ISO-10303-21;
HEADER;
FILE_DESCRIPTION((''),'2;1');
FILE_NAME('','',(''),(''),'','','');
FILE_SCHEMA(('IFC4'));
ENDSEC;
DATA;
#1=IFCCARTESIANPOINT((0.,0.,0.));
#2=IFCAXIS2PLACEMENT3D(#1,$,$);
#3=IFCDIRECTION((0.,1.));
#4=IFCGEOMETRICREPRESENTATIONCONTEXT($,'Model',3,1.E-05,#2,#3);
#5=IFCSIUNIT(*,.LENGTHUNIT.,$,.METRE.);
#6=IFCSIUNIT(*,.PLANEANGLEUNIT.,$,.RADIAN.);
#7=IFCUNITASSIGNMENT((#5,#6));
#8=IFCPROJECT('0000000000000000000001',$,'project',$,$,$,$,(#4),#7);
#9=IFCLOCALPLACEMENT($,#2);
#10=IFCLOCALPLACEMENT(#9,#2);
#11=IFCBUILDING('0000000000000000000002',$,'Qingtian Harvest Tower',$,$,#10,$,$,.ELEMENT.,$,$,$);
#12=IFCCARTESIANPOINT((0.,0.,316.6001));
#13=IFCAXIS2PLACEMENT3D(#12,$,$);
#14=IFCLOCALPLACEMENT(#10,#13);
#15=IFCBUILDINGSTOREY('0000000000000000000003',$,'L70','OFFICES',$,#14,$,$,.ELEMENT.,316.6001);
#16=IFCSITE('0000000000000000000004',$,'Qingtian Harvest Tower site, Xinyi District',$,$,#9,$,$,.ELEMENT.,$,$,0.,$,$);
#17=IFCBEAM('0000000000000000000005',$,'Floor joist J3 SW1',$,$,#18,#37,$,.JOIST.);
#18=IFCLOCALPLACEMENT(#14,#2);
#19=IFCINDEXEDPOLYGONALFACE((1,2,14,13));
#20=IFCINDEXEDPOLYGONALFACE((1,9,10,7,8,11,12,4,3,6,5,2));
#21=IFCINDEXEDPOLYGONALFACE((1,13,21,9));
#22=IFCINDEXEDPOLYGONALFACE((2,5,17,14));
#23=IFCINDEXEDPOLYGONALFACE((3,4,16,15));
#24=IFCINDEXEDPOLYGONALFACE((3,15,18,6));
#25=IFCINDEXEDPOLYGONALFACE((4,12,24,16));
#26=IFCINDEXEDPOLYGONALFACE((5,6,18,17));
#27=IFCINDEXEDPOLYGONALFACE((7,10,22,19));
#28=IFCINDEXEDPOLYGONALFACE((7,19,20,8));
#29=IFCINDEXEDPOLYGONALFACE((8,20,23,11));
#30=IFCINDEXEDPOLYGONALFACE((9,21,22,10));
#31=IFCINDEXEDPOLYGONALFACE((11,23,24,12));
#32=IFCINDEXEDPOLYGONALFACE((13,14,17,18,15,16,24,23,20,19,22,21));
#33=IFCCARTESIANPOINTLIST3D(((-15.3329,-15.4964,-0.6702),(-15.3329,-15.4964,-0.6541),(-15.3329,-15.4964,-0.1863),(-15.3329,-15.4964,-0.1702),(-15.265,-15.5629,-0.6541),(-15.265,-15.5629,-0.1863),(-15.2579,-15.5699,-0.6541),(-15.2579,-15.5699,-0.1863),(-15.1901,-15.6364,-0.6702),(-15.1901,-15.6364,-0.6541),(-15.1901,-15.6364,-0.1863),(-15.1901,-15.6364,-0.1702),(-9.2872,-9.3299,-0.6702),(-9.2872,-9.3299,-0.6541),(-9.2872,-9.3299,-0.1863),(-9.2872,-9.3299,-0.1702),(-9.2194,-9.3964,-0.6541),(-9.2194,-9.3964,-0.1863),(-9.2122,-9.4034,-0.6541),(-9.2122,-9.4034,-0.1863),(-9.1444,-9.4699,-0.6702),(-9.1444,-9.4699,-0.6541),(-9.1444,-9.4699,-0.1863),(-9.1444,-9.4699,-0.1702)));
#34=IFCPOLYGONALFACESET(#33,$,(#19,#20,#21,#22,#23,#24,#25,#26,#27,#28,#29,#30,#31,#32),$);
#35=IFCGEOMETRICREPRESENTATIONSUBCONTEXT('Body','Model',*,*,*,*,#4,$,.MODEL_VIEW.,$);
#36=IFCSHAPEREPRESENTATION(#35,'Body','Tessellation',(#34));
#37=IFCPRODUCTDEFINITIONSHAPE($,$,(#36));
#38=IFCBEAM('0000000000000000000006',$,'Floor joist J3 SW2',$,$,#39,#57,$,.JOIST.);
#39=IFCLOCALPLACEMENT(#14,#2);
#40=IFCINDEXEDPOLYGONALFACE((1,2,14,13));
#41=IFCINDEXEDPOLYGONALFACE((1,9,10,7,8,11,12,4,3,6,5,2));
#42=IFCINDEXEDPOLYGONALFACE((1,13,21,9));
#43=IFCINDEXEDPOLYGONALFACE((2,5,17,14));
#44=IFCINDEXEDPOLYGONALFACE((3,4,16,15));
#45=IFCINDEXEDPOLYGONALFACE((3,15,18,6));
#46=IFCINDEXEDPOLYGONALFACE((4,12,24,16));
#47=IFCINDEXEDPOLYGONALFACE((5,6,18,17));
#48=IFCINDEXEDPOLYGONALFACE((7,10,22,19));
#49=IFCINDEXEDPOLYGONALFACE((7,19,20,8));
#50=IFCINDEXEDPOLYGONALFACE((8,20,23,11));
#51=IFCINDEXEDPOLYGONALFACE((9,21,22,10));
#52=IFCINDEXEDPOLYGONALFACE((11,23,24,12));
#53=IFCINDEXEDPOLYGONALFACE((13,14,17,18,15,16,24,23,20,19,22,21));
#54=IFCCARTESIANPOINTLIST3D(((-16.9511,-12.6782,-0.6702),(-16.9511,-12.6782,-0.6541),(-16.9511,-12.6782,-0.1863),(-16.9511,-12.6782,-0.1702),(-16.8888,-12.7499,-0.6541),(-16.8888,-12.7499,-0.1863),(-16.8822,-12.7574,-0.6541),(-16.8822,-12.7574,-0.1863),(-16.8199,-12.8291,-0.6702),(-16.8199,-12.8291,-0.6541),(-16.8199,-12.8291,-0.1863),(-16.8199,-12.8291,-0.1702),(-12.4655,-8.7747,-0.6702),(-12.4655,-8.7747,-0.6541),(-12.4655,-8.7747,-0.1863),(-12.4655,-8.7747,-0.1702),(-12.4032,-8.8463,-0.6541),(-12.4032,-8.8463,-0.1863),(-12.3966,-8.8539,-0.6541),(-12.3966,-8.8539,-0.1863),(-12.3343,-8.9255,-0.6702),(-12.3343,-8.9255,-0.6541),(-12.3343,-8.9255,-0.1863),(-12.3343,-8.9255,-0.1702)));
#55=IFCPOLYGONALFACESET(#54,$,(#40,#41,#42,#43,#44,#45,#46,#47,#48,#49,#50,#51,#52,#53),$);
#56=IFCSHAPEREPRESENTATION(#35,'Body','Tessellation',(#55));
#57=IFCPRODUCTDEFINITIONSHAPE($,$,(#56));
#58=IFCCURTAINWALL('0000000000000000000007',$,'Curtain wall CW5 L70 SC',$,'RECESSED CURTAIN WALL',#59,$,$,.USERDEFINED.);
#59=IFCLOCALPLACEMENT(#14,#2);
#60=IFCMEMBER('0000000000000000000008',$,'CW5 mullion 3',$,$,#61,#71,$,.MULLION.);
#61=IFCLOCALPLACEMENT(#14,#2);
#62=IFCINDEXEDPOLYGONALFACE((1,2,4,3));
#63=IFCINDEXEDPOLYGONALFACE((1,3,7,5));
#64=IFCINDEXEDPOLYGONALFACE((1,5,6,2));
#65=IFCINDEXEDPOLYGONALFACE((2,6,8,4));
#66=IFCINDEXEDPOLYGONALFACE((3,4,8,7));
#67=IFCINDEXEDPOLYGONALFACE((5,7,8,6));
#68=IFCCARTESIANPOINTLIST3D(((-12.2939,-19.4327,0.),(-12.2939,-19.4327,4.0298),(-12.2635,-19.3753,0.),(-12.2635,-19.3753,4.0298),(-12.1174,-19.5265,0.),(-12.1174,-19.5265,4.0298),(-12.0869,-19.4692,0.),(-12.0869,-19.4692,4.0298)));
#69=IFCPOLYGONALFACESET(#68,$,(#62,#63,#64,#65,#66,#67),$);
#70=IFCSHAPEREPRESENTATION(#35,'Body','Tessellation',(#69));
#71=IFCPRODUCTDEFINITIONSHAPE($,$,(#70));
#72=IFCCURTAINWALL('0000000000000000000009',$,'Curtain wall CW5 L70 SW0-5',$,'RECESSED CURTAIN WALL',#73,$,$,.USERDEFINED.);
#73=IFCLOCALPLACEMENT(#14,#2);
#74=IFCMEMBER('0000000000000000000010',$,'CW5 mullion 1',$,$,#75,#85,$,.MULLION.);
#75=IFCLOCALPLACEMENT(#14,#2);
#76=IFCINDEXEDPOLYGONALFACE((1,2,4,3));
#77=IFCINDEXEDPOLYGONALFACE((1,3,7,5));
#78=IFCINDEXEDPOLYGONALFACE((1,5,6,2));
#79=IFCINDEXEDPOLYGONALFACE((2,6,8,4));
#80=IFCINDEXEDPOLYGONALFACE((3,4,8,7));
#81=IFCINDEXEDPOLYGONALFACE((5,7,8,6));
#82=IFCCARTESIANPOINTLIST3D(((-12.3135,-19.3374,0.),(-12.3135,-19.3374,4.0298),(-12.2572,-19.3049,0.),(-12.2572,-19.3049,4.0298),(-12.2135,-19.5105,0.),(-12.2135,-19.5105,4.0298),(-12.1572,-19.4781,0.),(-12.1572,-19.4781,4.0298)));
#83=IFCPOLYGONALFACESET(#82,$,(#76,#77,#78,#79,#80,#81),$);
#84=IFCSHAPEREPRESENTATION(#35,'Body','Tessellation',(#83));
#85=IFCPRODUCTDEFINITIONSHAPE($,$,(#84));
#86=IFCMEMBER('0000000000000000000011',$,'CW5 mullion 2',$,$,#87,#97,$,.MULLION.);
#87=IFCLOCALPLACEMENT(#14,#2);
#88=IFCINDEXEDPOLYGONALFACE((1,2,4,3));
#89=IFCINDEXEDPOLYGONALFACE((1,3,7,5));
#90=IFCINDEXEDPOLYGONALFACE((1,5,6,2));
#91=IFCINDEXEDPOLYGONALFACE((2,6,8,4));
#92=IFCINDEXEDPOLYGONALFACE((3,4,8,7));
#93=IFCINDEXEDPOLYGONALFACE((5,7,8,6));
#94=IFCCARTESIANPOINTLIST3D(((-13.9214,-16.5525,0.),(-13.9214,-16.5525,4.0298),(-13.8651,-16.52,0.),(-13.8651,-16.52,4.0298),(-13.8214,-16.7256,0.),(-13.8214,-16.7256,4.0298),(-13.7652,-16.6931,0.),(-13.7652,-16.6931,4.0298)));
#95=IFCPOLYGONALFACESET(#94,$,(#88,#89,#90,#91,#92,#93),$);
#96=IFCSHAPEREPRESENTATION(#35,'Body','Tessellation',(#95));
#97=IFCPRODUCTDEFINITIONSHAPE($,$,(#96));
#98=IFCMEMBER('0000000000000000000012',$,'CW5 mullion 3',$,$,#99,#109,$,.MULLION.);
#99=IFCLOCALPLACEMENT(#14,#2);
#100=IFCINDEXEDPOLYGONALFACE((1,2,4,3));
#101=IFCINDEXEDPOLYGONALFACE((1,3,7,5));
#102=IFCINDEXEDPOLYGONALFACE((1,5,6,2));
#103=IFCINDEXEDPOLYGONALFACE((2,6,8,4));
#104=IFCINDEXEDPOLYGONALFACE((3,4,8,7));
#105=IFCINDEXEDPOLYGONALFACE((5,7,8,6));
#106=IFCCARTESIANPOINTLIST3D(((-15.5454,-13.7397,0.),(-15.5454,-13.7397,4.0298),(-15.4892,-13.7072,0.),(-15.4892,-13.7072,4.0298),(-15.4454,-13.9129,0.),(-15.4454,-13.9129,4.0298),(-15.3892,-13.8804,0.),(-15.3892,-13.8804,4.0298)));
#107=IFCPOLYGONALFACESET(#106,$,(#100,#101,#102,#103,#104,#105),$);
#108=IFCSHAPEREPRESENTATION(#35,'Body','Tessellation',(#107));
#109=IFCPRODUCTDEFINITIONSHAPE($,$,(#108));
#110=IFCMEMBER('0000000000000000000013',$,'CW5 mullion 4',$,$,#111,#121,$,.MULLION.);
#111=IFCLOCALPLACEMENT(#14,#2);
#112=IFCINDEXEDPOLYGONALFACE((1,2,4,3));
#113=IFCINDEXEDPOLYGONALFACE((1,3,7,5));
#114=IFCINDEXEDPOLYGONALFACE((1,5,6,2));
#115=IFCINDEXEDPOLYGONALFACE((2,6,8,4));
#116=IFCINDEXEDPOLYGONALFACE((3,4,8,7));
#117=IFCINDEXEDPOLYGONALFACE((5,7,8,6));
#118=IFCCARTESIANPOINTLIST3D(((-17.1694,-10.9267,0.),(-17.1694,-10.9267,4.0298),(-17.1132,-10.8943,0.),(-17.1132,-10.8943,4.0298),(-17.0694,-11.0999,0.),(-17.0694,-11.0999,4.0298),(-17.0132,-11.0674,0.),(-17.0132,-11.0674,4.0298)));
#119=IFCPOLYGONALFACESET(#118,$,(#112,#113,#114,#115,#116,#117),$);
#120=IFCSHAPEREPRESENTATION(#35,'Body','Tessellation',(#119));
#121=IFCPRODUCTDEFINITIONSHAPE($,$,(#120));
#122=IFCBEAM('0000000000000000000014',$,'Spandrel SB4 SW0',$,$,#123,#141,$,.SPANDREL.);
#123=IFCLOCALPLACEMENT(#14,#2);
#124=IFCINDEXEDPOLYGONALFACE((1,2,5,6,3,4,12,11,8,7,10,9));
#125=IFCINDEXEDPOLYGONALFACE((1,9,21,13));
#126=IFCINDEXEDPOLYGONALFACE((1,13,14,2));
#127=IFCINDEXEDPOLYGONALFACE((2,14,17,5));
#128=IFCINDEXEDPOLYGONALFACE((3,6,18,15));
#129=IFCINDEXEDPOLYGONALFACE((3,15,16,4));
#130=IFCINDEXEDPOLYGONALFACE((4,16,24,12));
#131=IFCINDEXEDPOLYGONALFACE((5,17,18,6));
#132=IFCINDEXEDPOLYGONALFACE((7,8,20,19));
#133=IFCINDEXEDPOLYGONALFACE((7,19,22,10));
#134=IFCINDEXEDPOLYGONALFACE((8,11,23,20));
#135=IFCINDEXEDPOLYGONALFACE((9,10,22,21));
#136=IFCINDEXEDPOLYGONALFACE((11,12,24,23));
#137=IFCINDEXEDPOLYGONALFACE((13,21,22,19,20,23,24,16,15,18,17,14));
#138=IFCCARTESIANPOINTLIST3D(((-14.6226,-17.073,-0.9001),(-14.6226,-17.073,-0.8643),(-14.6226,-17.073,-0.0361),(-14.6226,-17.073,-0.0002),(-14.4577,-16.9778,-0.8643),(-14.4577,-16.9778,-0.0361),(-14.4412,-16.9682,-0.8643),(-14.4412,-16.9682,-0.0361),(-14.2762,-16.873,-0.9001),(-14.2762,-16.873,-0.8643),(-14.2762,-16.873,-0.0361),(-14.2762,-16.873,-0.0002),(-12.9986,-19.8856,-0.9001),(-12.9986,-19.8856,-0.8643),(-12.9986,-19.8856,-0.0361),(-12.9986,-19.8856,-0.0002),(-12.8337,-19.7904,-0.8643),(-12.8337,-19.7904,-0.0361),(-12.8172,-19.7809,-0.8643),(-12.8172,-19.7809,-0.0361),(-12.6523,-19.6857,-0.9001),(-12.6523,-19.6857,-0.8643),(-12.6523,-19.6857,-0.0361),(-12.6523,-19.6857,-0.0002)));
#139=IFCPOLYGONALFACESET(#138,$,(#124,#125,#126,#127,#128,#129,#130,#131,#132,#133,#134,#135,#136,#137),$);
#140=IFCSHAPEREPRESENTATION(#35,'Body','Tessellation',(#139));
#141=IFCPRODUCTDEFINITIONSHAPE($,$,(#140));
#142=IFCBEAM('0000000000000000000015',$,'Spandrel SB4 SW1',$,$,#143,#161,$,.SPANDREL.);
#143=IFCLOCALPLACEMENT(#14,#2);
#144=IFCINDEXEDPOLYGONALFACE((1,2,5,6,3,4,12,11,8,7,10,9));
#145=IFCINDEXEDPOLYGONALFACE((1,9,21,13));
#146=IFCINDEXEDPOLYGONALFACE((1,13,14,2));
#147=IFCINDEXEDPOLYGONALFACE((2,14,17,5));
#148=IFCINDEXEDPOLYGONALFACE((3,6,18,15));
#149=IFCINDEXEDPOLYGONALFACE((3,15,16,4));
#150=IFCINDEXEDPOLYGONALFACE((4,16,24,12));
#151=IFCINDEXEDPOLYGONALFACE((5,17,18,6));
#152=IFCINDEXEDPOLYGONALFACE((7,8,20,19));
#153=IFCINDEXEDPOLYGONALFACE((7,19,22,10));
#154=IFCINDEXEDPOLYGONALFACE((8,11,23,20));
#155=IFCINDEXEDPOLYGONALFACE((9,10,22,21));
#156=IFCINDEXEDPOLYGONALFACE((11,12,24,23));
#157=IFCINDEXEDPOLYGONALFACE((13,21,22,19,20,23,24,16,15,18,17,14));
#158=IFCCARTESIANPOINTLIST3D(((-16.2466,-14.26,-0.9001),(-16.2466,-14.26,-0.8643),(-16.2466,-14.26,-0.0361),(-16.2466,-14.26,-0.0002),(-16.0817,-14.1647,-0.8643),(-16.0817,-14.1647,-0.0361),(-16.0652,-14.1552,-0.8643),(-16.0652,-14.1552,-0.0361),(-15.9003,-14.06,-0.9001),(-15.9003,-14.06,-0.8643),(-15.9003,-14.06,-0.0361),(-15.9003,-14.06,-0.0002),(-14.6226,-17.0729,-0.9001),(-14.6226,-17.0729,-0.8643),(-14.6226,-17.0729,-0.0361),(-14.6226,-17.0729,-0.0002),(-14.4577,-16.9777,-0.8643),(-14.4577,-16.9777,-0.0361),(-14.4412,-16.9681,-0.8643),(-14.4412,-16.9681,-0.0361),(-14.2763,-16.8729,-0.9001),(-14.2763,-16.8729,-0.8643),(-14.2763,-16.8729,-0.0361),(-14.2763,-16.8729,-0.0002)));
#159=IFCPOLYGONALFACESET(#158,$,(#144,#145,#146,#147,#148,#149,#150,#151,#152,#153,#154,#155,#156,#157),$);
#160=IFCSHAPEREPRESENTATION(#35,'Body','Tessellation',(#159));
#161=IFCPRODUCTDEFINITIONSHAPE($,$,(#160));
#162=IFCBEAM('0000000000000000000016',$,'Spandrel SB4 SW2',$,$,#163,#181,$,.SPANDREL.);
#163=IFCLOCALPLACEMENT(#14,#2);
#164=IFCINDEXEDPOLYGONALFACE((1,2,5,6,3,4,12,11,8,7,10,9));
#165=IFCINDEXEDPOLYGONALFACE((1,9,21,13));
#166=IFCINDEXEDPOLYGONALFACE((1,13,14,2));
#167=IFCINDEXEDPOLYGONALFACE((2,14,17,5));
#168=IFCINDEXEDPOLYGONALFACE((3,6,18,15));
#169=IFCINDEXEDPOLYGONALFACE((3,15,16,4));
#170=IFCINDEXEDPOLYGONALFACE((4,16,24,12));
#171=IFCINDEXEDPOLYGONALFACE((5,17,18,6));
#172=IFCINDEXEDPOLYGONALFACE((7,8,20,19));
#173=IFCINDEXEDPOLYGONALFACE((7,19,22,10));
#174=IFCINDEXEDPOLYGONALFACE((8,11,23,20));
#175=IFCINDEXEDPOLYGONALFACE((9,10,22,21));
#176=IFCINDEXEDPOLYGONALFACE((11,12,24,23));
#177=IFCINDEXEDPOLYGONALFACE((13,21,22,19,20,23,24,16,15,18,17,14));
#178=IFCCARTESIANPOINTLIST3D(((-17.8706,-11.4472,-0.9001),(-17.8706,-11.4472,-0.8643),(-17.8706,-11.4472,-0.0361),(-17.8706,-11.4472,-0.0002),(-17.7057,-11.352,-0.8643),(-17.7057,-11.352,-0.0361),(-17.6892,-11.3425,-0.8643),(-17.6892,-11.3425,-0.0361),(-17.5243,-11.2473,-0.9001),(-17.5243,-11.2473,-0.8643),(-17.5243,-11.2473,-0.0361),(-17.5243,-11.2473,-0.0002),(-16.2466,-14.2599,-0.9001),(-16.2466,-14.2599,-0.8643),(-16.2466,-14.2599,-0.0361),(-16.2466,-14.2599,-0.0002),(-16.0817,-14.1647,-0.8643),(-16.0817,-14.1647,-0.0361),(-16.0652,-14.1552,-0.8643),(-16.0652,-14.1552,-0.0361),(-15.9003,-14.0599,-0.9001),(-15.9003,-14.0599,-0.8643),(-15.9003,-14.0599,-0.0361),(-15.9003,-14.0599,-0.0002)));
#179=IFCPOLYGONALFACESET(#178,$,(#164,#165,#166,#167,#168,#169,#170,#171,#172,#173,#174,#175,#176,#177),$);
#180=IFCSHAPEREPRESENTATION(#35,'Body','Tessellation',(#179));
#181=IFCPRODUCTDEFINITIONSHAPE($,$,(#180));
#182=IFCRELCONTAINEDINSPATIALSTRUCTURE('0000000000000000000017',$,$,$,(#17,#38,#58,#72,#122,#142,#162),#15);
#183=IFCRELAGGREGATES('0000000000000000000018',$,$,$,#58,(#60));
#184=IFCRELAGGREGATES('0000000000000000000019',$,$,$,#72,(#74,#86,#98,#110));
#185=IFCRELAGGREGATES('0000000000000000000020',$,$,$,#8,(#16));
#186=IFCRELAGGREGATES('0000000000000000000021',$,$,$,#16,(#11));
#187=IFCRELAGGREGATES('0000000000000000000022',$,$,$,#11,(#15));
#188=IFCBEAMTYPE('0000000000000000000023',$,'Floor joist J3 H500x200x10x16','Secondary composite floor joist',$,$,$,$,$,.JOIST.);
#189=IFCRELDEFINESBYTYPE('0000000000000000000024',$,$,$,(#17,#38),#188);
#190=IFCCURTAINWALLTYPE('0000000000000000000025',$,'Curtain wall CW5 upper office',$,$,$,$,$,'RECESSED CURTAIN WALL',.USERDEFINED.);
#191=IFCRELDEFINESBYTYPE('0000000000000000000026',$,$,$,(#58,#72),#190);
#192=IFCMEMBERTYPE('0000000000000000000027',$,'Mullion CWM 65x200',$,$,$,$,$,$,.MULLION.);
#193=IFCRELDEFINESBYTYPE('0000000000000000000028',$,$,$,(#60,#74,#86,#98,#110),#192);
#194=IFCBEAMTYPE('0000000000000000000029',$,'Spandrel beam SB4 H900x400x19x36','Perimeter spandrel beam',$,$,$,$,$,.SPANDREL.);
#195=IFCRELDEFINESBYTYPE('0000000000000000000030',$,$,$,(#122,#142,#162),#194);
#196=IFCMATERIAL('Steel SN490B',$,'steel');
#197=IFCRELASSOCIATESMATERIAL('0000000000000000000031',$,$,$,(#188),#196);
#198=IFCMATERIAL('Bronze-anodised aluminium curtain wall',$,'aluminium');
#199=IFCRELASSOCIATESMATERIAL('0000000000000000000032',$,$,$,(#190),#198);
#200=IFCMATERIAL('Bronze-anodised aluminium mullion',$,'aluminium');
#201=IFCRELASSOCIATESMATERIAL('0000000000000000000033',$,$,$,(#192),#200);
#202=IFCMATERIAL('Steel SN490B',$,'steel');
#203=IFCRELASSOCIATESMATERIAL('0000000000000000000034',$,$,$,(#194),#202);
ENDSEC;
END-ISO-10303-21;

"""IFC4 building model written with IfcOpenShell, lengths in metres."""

from ifc_helpers import new_model, si_unit, direction, frame, origin, origin_2d, place, context, subcontext, project, spatial, rectangle, i_section, extrude, material, material_profile, profile_set, type_object, element, aggregate, save


model = new_model("IFC4")

# Units and contexts
model_context = context("Model", 3, precision=1e-05, world=origin(), true_north=direction((0.0, 1.0)))
body_context = subcontext(model_context, "Body", "Model", "MODEL_VIEW")
ifc_project = project(units=[si_unit("LENGTHUNIT", "METRE"), si_unit("PLANEANGLEUNIT", "RADIAN")], contexts=[model_context])

# Site, building, storey
site_placement = place(None, origin())
site = spatial("IfcSite", under=ifc_project, at=site_placement, Name="Qingtian Harvest Tower site, Xinyi District", CompositionType="ELEMENT", RefElevation=0.0)
building_placement = place(site_placement, origin())
building = spatial("IfcBuilding", under=site, at=building_placement, Name="Qingtian Harvest Tower", CompositionType="ELEMENT")
storey_placement = place(building_placement, frame((0.0, 0.0, 316.6001)))
storey = spatial("IfcBuildingStorey", under=building, at=storey_placement, Name="L70", Description="OFFICES", CompositionType="ELEMENT", Elevation=316.6001)

# Beams
ifc_material_1 = material(Name="Steel SN490B", Category="steel")
ifc_material_profile_1 = material_profile(ifc_material_1, i_section(OverallWidth=0.2, OverallDepth=0.5, WebThickness=0.01, FlangeThickness=0.0161, at=origin_2d()), Name="H500x200x10x16")
ifc_profile_set_1 = profile_set([ifc_material_profile_1], Name="Steel SN490B")
beam_type_1 = type_object("IfcBeamType", Name="Floor joist J3 H500x200x10x16", Description="Secondary composite floor joist", PredefinedType="JOIST", material=ifc_profile_set_1)
beam_1_placement = place(storey_placement, frame((-15.2615, -15.5664, -0.4202), z_axis=(0.700075, 0.714069, 0.0), x_axis=(-0.714069, 0.700075, 0.0)))
element("IfcBeam", 1, at=beam_1_placement, inside=storey, type_object=beam_type_1, Name="Floor joist J3 SW1", PredefinedType="JOIST", context=body_context, shape_type="SweptSolid", body=[
    extrude(i_section(OverallWidth=0.2, OverallDepth=0.5, WebThickness=0.01, FlangeThickness=0.0161, at=origin_2d()), origin(), (0.0, 0.0, 1.0), 8.6357),
])
beam_2_placement = place(storey_placement, frame((-16.8855, -12.7537, -0.4202), z_axis=(0.754352, 0.65647, 0.0), x_axis=(-0.65647, 0.754352, 0.0)))
element("IfcBeam", 2, at=beam_2_placement, inside=storey, type_object=beam_type_1, Name="Floor joist J3 SW2", PredefinedType="JOIST", context=body_context, shape_type="SweptSolid", body=[
    extrude(i_section(OverallWidth=0.2, OverallDepth=0.5, WebThickness=0.01, FlangeThickness=0.0161, at=origin_2d()), origin(), (0.0, 0.0, 1.0), 5.9463),
])

# Curtain wall, member
ifc_material_2 = material(Name="Bronze-anodised aluminium curtain wall", Category="aluminium")
curtain_wall_type = type_object("IfcCurtainWallType", Name="Curtain wall CW5 upper office", ElementType="RECESSED CURTAIN WALL", PredefinedType="USERDEFINED", material=ifc_material_2)
curtain_wall_1_placement = place(storey_placement, origin())
curtain_wall_1 = element("IfcCurtainWall", 3, at=curtain_wall_1_placement, inside=storey, type_object=curtain_wall_type, Name="Curtain wall CW5 L70 SC", ObjectType="RECESSED CURTAIN WALL", PredefinedType="USERDEFINED")
ifc_material_3 = material(Name="Bronze-anodised aluminium mullion", Category="aluminium")
ifc_material_profile_2 = material_profile(ifc_material_3, rectangle(XDim=0.0649, YDim=0.2, at=origin_2d()), Name="AL 65x200")
ifc_profile_set_2 = profile_set([ifc_material_profile_2], Name="Bronze-anodised aluminium mullion")
member_type_1 = type_object("IfcMemberType", Name="Mullion CWM 65x200", PredefinedType="MULLION", material=ifc_profile_set_2)
member_1_placement = place(storey_placement, frame((-12.1904, -19.4509, 0.0), z_axis=(0.0, 0.0, 1.0), x_axis=(-0.469472, -0.882948, 0.0)))
member_1 = element("IfcMember", 4, at=member_1_placement, type_object=member_type_1, Name="CW5 mullion 3", PredefinedType="MULLION", context=body_context, shape_type="SweptSolid", body=[
    extrude(rectangle(XDim=0.0649, YDim=0.2, at=origin_2d()), origin(), (0.0, 0.0, 1.0), 4.0298),
])
aggregate(curtain_wall_1, [member_1])

# Curtain wall, members
curtain_wall_2_placement = place(storey_placement, origin())
curtain_wall_2 = element("IfcCurtainWall", 5, at=curtain_wall_2_placement, inside=storey, type_object=curtain_wall_type, Name="Curtain wall CW5 L70 SW0-5", ObjectType="RECESSED CURTAIN WALL", PredefinedType="USERDEFINED")
member_2_placement = place(storey_placement, frame((-12.2354, -19.4077, 0.0), z_axis=(0.0, 0.0, 1.0), x_axis=(-0.866025, -0.5, 0.0)))
member_2 = element("IfcMember", 6, at=member_2_placement, type_object=member_type_1, Name="CW5 mullion 1", PredefinedType="MULLION", context=body_context, shape_type="SweptSolid", body=[
    extrude(rectangle(XDim=0.0649, YDim=0.2, at=origin_2d()), origin(), (0.0, 0.0, 1.0), 4.0298),
])
member_3_placement = place(storey_placement, frame((-13.8433, -16.6228, 0.0), z_axis=(0.0, 0.0, 1.0), x_axis=(-0.866025, -0.5, 0.0)))
member_3 = element("IfcMember", 7, at=member_3_placement, type_object=member_type_1, Name="CW5 mullion 2", PredefinedType="MULLION", context=body_context, shape_type="SweptSolid", body=[
    extrude(rectangle(XDim=0.0649, YDim=0.2, at=origin_2d()), origin(), (0.0, 0.0, 1.0), 4.0298),
])
member_4_placement = place(storey_placement, frame((-15.4673, -13.8101, 0.0), z_axis=(0.0, 0.0, 1.0), x_axis=(-0.866025, -0.5, 0.0)))
member_4 = element("IfcMember", 8, at=member_4_placement, type_object=member_type_1, Name="CW5 mullion 3", PredefinedType="MULLION", context=body_context, shape_type="SweptSolid", body=[
    extrude(rectangle(XDim=0.0649, YDim=0.2, at=origin_2d()), origin(), (0.0, 0.0, 1.0), 4.0298),
])
member_5_placement = place(storey_placement, frame((-17.0913, -10.9971, 0.0), z_axis=(0.0, 0.0, 1.0), x_axis=(-0.866025, -0.5, 0.0)))
member_5 = element("IfcMember", 9, at=member_5_placement, type_object=member_type_1, Name="CW5 mullion 4", PredefinedType="MULLION", context=body_context, shape_type="SweptSolid", body=[
    extrude(rectangle(XDim=0.0649, YDim=0.2, at=origin_2d()), origin(), (0.0, 0.0, 1.0), 4.0298),
])

# Beams
ifc_material_4 = material(Name="Steel SN490B", Category="steel")
ifc_material_profile_3 = material_profile(ifc_material_4, i_section(OverallWidth=0.3999, OverallDepth=0.8999, WebThickness=0.019, FlangeThickness=0.0359, at=origin_2d()), Name="H900x400x19x36")
ifc_profile_set_3 = profile_set([ifc_material_profile_3], Name="Steel SN490B")
beam_type_2 = type_object("IfcBeamType", Name="Spandrel beam SB4 H900x400x19x36", Description="Perimeter spandrel beam", PredefinedType="SPANDREL", material=ifc_profile_set_3)
beam_3_placement = place(storey_placement, frame((-12.8254, -19.7856, -0.4502), z_axis=(-0.50002, 0.866014, 0.0), x_axis=(-0.866014, -0.50002, 0.0)))
element("IfcBeam", 10, at=beam_3_placement, inside=storey, type_object=beam_type_2, Name="Spandrel SB4 SW0", PredefinedType="SPANDREL", context=body_context, shape_type="SweptSolid", body=[
    extrude(i_section(OverallWidth=0.3999, OverallDepth=0.8999, WebThickness=0.019, FlangeThickness=0.0359, at=origin_2d()), origin(), (0.0, 0.0, 1.0), 3.2478),
])
beam_4_placement = place(storey_placement, frame((-14.4495, -16.9729, -0.4502), z_axis=(-0.499987, 0.866033, 0.0), x_axis=(-0.866033, -0.499987, 0.0)))
element("IfcBeam", 11, at=beam_4_placement, inside=storey, type_object=beam_type_2, Name="Spandrel SB4 SW1", PredefinedType="SPANDREL", context=body_context, shape_type="SweptSolid", body=[
    extrude(i_section(OverallWidth=0.3999, OverallDepth=0.8999, WebThickness=0.019, FlangeThickness=0.0359, at=origin_2d()), origin(), (0.0, 0.0, 1.0), 3.248),
])
beam_5_placement = place(storey_placement, frame((-16.0735, -14.1599, -0.4502), z_axis=(-0.50002, 0.866014, 0.0), x_axis=(-0.866014, -0.50002, 0.0)))
element("IfcBeam", 12, at=beam_5_placement, inside=storey, type_object=beam_type_2, Name="Spandrel SB4 SW2", PredefinedType="SPANDREL", context=body_context, shape_type="SweptSolid", body=[
    extrude(i_section(OverallWidth=0.3999, OverallDepth=0.8999, WebThickness=0.019, FlangeThickness=0.0359, at=origin_2d()), origin(), (0.0, 0.0, 1.0), 3.2478),
])

aggregate(curtain_wall_2, [member_2, member_3, member_4, member_5])

save(model, "model.ifc")
